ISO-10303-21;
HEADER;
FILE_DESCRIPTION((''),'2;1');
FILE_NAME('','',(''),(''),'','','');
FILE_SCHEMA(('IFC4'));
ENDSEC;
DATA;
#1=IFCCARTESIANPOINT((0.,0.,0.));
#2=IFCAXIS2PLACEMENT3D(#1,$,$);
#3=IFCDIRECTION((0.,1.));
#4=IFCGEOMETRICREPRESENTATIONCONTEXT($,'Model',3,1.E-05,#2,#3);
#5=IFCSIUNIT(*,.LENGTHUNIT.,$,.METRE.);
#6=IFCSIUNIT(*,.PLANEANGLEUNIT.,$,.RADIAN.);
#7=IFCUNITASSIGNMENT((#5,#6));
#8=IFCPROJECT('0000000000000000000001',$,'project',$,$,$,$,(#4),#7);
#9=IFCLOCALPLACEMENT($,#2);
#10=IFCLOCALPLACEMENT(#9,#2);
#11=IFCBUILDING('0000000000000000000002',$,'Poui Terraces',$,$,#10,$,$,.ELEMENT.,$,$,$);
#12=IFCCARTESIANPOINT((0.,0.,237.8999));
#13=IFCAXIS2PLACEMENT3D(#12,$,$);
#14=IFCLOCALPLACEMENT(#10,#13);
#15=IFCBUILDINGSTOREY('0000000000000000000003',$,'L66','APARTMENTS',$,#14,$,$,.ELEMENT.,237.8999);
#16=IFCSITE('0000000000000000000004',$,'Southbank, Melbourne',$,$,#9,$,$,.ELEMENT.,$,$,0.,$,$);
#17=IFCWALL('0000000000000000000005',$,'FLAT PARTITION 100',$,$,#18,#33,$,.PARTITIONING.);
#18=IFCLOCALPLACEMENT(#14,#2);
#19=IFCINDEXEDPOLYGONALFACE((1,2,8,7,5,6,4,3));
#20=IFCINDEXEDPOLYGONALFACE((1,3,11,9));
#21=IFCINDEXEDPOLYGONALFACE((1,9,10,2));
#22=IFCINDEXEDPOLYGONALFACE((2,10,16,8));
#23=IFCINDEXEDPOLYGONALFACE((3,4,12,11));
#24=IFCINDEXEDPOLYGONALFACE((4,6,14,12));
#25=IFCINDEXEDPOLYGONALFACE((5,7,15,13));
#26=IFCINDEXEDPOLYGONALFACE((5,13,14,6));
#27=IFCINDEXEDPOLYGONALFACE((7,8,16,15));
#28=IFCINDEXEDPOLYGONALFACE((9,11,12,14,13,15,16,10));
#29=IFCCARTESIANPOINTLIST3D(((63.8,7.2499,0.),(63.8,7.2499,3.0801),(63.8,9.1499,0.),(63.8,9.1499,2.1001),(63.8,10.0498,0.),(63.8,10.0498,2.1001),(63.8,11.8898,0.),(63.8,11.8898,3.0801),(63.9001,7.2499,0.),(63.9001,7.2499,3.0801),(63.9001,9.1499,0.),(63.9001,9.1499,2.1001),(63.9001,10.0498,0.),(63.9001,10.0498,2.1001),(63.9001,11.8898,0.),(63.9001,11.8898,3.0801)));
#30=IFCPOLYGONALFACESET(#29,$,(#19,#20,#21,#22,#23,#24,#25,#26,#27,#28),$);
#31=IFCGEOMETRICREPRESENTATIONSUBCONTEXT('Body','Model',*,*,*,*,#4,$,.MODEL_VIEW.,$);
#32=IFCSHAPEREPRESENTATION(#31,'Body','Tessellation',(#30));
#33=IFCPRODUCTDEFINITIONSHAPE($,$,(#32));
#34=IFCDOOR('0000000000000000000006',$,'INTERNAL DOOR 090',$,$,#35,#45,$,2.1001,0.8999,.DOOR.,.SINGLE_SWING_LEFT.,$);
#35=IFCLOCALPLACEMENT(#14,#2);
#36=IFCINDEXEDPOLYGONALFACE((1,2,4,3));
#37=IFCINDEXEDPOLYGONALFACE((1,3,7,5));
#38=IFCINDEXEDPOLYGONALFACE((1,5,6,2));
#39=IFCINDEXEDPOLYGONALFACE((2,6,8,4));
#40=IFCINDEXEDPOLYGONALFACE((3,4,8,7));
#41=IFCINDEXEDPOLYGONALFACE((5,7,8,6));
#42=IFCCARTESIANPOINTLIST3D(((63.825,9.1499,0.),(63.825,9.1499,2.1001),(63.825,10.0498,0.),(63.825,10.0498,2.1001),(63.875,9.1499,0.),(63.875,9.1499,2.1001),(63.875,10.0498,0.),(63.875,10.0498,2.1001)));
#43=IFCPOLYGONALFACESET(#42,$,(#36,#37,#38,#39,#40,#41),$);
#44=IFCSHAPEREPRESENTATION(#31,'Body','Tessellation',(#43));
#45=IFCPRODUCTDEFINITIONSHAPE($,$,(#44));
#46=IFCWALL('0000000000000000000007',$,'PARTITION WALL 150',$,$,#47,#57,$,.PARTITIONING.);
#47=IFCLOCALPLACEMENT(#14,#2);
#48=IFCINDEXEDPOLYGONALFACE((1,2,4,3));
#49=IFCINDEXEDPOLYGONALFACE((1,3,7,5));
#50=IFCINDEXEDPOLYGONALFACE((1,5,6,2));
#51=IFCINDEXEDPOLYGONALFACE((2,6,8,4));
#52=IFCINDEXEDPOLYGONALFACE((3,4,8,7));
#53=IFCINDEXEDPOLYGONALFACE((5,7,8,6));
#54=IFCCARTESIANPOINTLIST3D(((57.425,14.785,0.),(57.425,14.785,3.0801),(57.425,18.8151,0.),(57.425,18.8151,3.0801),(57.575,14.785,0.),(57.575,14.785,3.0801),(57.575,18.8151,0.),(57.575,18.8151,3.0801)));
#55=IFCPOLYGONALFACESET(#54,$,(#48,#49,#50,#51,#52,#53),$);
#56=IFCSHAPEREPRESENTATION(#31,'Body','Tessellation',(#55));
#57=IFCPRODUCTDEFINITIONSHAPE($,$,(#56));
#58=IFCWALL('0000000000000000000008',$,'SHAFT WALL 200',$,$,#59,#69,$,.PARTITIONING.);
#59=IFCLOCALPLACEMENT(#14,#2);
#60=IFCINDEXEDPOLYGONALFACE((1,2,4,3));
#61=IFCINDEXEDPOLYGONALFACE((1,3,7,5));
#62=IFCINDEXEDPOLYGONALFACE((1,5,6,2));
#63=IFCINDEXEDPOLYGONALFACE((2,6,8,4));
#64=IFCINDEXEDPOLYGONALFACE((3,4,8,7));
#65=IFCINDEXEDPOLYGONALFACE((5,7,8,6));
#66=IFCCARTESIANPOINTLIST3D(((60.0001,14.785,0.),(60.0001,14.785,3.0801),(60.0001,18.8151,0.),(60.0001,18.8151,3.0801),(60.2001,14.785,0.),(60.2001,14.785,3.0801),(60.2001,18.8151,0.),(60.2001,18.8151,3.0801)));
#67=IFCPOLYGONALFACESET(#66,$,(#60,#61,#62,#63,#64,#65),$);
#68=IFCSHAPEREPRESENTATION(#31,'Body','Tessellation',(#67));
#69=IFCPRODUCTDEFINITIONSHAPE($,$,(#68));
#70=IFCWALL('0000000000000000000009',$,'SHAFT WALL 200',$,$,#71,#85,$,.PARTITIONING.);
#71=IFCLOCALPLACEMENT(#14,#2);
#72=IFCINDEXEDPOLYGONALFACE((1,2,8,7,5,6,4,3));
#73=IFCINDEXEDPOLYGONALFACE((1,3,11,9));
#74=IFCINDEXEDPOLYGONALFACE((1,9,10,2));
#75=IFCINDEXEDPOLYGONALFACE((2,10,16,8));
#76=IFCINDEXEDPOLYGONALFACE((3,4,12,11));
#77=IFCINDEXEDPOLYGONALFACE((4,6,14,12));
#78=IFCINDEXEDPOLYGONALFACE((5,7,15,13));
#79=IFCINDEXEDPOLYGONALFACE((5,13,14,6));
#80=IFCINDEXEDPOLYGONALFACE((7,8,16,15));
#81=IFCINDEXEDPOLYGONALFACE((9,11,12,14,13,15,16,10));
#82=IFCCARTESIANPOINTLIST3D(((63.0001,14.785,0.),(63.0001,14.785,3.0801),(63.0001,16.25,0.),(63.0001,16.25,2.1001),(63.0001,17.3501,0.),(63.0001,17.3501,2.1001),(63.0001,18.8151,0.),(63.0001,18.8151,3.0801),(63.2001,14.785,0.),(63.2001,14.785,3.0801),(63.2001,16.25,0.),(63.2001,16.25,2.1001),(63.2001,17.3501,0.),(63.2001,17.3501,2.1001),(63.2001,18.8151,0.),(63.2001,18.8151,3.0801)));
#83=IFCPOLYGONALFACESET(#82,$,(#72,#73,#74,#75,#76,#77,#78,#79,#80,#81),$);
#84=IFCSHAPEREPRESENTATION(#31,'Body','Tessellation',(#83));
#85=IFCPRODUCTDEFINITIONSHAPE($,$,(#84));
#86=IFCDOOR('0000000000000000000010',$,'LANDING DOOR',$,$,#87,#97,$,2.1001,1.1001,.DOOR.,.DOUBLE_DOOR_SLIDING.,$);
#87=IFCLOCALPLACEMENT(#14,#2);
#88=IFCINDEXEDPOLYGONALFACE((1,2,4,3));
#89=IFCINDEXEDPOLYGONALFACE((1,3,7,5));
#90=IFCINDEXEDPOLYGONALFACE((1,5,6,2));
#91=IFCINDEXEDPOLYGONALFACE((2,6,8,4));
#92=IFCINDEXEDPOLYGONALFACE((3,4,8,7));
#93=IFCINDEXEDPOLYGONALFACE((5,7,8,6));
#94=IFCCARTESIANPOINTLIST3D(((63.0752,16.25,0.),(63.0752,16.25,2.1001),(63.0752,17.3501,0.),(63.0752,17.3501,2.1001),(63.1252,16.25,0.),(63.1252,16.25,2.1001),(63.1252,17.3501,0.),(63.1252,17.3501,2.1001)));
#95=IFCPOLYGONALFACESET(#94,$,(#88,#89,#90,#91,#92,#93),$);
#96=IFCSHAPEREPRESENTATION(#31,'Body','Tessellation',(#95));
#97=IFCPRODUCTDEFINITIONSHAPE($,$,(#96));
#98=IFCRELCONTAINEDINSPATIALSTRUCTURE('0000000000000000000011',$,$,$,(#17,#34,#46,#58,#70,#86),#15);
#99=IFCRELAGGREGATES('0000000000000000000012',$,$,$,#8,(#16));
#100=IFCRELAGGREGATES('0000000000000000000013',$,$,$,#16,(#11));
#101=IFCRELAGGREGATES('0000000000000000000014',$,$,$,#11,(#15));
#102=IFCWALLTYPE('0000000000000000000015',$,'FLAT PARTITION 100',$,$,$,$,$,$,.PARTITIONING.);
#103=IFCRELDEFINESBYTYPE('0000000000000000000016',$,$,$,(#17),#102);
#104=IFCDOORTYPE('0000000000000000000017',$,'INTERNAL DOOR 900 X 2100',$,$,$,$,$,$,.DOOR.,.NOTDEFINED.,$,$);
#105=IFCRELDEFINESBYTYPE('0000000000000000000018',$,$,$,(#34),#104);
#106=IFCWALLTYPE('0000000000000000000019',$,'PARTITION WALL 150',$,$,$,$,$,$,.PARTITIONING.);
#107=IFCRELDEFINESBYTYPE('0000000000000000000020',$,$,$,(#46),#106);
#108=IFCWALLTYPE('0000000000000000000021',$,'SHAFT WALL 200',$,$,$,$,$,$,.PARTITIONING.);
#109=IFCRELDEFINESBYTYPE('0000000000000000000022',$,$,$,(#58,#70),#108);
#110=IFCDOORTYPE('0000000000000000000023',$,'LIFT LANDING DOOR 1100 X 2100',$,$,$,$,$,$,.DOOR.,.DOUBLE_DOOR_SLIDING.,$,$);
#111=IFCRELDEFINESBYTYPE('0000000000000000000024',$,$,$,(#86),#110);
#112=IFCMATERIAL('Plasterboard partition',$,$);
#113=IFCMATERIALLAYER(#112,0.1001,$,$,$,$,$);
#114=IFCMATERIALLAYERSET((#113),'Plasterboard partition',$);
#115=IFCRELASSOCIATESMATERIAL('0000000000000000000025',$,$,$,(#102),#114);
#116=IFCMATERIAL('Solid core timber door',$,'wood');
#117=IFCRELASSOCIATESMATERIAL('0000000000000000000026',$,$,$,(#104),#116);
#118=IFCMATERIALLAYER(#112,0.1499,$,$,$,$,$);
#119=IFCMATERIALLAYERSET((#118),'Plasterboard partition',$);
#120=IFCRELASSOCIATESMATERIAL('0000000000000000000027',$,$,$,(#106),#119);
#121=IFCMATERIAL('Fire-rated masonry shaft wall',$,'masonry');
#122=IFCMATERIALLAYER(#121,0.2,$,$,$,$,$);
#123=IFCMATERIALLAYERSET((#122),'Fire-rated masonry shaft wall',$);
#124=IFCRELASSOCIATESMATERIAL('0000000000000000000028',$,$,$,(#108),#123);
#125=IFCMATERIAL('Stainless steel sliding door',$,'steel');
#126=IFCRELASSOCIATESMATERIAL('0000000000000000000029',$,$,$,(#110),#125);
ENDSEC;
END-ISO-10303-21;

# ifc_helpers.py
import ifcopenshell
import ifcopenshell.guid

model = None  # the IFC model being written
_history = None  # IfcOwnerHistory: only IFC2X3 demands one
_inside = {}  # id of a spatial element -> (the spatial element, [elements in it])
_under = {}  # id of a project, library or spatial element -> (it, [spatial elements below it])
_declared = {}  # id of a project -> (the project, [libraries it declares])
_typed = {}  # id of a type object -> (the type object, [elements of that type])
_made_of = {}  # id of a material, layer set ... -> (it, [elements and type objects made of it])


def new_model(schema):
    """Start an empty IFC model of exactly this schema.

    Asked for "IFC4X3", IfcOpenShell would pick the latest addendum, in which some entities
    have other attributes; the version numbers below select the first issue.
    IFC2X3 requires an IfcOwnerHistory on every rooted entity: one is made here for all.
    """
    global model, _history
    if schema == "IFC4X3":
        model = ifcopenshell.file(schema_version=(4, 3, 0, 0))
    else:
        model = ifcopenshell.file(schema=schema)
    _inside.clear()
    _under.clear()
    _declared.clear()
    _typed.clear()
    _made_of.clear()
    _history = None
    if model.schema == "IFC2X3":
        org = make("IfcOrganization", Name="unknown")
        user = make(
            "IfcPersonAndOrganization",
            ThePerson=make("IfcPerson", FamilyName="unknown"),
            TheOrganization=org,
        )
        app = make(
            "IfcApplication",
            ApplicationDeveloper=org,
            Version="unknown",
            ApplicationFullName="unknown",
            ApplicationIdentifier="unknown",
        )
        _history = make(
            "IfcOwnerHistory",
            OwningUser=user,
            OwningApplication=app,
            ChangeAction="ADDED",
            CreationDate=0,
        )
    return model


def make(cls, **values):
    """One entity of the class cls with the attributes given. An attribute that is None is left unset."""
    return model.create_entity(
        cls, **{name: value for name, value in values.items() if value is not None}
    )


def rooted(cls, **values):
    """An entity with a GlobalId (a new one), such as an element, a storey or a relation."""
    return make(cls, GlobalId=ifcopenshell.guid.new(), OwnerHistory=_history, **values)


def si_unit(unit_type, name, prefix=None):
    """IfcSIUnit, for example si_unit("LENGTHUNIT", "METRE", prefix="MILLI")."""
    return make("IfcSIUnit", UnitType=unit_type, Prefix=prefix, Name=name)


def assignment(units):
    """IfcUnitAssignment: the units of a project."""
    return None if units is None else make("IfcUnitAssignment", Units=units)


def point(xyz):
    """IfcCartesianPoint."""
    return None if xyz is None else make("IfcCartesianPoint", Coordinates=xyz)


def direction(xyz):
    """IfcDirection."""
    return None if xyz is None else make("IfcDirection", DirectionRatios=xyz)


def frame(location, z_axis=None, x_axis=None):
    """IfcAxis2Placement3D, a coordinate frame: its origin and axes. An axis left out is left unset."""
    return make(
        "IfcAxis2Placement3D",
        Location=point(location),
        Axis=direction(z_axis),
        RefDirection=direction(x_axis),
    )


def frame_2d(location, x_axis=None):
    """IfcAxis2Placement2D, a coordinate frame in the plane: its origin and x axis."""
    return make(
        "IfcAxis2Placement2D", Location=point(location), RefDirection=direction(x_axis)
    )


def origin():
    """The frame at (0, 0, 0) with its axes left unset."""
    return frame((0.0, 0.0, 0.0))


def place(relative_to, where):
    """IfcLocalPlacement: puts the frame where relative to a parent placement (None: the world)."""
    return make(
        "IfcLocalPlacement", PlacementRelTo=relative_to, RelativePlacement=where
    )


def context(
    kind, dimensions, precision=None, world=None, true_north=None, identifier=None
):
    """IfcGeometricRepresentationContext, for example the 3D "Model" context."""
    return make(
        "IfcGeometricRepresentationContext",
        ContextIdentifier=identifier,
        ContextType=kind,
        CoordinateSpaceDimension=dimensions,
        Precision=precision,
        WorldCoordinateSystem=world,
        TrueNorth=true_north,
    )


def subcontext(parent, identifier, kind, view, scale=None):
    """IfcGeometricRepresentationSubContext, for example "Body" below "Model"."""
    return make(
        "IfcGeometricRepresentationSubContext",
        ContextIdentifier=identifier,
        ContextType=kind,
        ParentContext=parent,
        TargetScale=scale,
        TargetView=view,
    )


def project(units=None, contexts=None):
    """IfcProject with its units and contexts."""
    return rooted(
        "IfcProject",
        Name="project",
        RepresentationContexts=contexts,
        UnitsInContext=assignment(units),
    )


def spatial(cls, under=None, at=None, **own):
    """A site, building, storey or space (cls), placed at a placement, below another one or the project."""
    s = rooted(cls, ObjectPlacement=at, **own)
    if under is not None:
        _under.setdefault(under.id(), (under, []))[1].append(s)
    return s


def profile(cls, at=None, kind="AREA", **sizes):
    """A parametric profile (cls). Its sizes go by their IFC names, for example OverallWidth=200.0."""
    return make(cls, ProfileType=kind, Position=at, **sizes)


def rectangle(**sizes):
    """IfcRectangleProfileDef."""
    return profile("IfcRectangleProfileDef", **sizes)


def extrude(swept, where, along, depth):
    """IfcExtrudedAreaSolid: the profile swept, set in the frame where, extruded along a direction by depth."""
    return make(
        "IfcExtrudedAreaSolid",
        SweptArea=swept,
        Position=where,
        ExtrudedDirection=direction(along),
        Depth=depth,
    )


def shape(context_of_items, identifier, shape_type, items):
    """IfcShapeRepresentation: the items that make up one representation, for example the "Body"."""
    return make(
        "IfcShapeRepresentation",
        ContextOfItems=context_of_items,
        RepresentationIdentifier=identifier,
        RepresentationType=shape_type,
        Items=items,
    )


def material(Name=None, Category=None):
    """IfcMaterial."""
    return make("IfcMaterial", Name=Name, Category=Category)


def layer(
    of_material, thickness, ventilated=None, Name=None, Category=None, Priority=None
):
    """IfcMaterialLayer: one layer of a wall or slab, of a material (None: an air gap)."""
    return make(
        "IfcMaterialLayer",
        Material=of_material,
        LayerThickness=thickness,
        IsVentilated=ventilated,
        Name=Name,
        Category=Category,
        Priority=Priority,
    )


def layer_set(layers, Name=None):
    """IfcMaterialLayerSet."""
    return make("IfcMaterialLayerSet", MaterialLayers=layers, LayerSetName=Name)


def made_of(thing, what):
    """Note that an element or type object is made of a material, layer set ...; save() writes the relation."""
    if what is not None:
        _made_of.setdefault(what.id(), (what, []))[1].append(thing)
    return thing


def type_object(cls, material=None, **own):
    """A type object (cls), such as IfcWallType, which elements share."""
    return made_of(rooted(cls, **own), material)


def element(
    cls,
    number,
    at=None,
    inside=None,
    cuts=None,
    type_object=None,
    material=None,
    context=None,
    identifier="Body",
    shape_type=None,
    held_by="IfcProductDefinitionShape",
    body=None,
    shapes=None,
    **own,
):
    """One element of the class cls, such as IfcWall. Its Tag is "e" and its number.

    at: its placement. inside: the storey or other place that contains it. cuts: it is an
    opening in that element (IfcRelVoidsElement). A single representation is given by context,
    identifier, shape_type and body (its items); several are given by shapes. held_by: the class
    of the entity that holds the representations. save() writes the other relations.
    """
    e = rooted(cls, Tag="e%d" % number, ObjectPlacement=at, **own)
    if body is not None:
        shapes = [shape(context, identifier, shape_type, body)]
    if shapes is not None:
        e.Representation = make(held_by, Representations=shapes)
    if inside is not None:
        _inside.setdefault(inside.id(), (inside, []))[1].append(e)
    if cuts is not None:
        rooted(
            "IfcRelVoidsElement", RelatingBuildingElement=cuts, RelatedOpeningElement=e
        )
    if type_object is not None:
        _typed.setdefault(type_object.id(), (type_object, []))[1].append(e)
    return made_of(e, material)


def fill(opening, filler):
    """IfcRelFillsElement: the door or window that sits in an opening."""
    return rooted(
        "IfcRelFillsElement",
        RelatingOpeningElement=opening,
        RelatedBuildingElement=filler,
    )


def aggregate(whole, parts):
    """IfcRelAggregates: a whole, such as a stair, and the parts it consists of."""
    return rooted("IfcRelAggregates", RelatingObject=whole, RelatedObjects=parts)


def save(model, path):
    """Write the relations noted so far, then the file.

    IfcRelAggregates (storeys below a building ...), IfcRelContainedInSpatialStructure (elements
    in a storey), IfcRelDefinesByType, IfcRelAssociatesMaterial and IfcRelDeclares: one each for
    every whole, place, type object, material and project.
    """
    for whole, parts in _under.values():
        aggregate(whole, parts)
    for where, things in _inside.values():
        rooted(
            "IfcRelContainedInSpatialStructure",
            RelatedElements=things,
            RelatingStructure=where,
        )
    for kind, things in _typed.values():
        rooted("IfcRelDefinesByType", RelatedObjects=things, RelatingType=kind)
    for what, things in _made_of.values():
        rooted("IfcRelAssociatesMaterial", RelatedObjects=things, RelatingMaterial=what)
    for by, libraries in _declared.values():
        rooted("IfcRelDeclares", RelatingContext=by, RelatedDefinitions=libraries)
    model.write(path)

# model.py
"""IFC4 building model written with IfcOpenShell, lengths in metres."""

from ifc_helpers import new_model, si_unit, direction, frame, frame_2d, origin, place, context, subcontext, project, spatial, rectangle, extrude, material, layer, layer_set, type_object, element, fill, save


model = new_model("IFC4")

# Units and contexts
model_context = context("Model", 3, precision=1e-05, world=origin(), true_north=direction((0.0, 1.0)))
body_context = subcontext(model_context, "Body", "Model", "MODEL_VIEW")
ifc_project = project(units=[si_unit("LENGTHUNIT", "METRE"), si_unit("PLANEANGLEUNIT", "RADIAN")], contexts=[model_context])

# Site, building, storey
site_placement = place(None, origin())
site = spatial("IfcSite", under=ifc_project, at=site_placement, Name="Southbank, Melbourne", CompositionType="ELEMENT", RefElevation=0.0)
building_placement = place(site_placement, origin())
building = spatial("IfcBuilding", under=site, at=building_placement, Name="Poui Terraces", CompositionType="ELEMENT")
storey_placement = place(building_placement, frame((0.0, 0.0, 237.8999)))
storey = spatial("IfcBuildingStorey", under=building, at=storey_placement, Name="L66", Description="APARTMENTS", CompositionType="ELEMENT", Elevation=237.8999)

# Shared definitions
ifc_material_1 = material(Name="Plasterboard partition")
ifc_layer_1 = layer(ifc_material_1, 0.1001)
ifc_layer_set_1 = layer_set([ifc_layer_1], Name="Plasterboard partition")
wall_type_1 = type_object("IfcWallType", Name="FLAT PARTITION 100", PredefinedType="PARTITIONING", material=ifc_layer_set_1)
ifc_material_2 = material(Name="Solid core timber door", Category="wood")
door_type_1 = type_object("IfcDoorType", Name="INTERNAL DOOR 900 X 2100", OperationType="NOTDEFINED", PredefinedType="DOOR", material=ifc_material_2)

# Wall, opening, door
wall_1_placement = place(storey_placement, frame((63.8501, 7.25, 0.0), z_axis=(0.0, 0.0, 1.0), x_axis=(0.0, 1.0, 0.0)))
wall_1 = element("IfcWall", 1, at=wall_1_placement, inside=storey, type_object=wall_type_1, Name="FLAT PARTITION 100", PredefinedType="PARTITIONING", context=body_context, shape_type="SweptSolid", body=[
    extrude(rectangle(XDim=4.6399, YDim=0.1001, at=frame_2d((2.3198, 0.0))), origin(), (0.0, 0.0, 1.0), 3.0801),
])
opening_1_placement = place(wall_1_placement, frame((1.8999, 0.0, 0.0)))
opening_1 = element("IfcOpeningElement", 2, at=opening_1_placement, cuts=wall_1, PredefinedType="OPENING", context=body_context, shape_type="SweptSolid", body=[
    extrude(rectangle(XDim=0.8999, YDim=2.1001, at=frame_2d((0.45, 1.05))), frame((0.0, 0.0601, 0.0), z_axis=(0.0, -1.0, 0.0), x_axis=(1.0, 0.0, 0.0)), (0.0, 0.0, 1.0), 0.1201),
])
door_1_placement = place(opening_1_placement, frame((0.8999, 0.0, 0.0), z_axis=(0.0, 0.0, 1.0), x_axis=(-1.0, 0.0, 0.0)))
door_1 = element("IfcDoor", 3, at=door_1_placement, inside=storey, type_object=door_type_1, Name="INTERNAL DOOR 090", OperationType="SINGLE_SWING_LEFT", OverallHeight=2.1001, OverallWidth=0.8999, PredefinedType="DOOR", context=body_context, shape_type="SweptSolid", body=[
    extrude(rectangle(XDim=0.8999, YDim=2.1001, at=frame_2d((0.45, 1.05))), frame((0.0, 0.0249, 0.0), z_axis=(0.0, -1.0, 0.0), x_axis=(1.0, 0.0, 0.0)), (0.0, 0.0, 1.0), 0.05),
])
fill(opening_1, door_1)

# Walls
ifc_layer_2 = layer(ifc_material_1, 0.1499)
ifc_layer_set_2 = layer_set([ifc_layer_2], Name="Plasterboard partition")
wall_type_2 = type_object("IfcWallType", Name="PARTITION WALL 150", PredefinedType="PARTITIONING", material=ifc_layer_set_2)
wall_2_placement = place(storey_placement, frame((57.5, 14.7849, 0.0), z_axis=(0.0, 0.0, 1.0), x_axis=(0.0, 1.0, 0.0)))
element("IfcWall", 4, at=wall_2_placement, inside=storey, type_object=wall_type_2, Name="PARTITION WALL 150", PredefinedType="PARTITIONING", context=body_context, shape_type="SweptSolid", body=[
    extrude(rectangle(XDim=4.03, YDim=0.1499, at=frame_2d((2.0151, 0.0))), origin(), (0.0, 0.0, 1.0), 3.0801),
])
ifc_material_3 = material(Name="Fire-rated masonry shaft wall", Category="masonry")
ifc_layer_3 = layer(ifc_material_3, 0.2)
ifc_layer_set_3 = layer_set([ifc_layer_3], Name="Fire-rated masonry shaft wall")
wall_type_3 = type_object("IfcWallType", Name="SHAFT WALL 200", PredefinedType="PARTITIONING", material=ifc_layer_set_3)
wall_3_placement = place(storey_placement, frame((60.1001, 14.7849, 0.0), z_axis=(0.0, 0.0, 1.0), x_axis=(0.0, 1.0, 0.0)))
element("IfcWall", 5, at=wall_3_placement, inside=storey, type_object=wall_type_3, Name="SHAFT WALL 200", PredefinedType="PARTITIONING", context=body_context, shape_type="SweptSolid", body=[
    extrude(rectangle(XDim=4.03, YDim=0.2, at=frame_2d((2.0151, 0.0))), origin(), (0.0, 0.0, 1.0), 3.0801),
])

# Wall, opening, door
wall_4_placement = place(storey_placement, frame((63.1001, 14.7849, 0.0), z_axis=(0.0, 0.0, 1.0), x_axis=(0.0, 1.0, 0.0)))
wall_4 = element("IfcWall", 6, at=wall_4_placement, inside=storey, type_object=wall_type_3, Name="SHAFT WALL 200", PredefinedType="PARTITIONING", context=body_context, shape_type="SweptSolid", body=[
    extrude(rectangle(XDim=4.03, YDim=0.2, at=frame_2d((2.0151, 0.0))), origin(), (0.0, 0.0, 1.0), 3.0801),
])
opening_2_placement = place(wall_4_placement, frame((1.4651, 0.0, 0.0)))
opening_2 = element("IfcOpeningElement", 7, at=opening_2_placement, cuts=wall_4, PredefinedType="OPENING", context=body_context, shape_type="SweptSolid", body=[
    extrude(rectangle(XDim=1.1001, YDim=2.1001, at=frame_2d((0.55, 1.05))), frame((0.0, 0.1099, 0.0), z_axis=(0.0, -1.0, 0.0), x_axis=(1.0, 0.0, 0.0)), (0.0, 0.0, 1.0), 0.22),
])
ifc_material_4 = material(Name="Stainless steel sliding door", Category="steel")
door_type_2 = type_object("IfcDoorType", Name="LIFT LANDING DOOR 1100 X 2100", OperationType="DOUBLE_DOOR_SLIDING", PredefinedType="DOOR", material=ifc_material_4)
door_2_placement = place(opening_2_placement, origin())
door_2 = element("IfcDoor", 8, at=door_2_placement, inside=storey, type_object=door_type_2, Name="LANDING DOOR", OperationType="DOUBLE_DOOR_SLIDING", OverallHeight=2.1001, OverallWidth=1.1001, PredefinedType="DOOR", context=body_context, shape_type="SweptSolid", body=[
    extrude(rectangle(XDim=1.1001, YDim=2.1001, at=frame_2d((0.55, 1.05))), frame((0.0, 0.0249, 0.0), z_axis=(0.0, -1.0, 0.0), x_axis=(1.0, 0.0, 0.0)), (0.0, 0.0, 1.0), 0.05),
])
fill(opening_2, door_2)

save(model, "model.ifc")
